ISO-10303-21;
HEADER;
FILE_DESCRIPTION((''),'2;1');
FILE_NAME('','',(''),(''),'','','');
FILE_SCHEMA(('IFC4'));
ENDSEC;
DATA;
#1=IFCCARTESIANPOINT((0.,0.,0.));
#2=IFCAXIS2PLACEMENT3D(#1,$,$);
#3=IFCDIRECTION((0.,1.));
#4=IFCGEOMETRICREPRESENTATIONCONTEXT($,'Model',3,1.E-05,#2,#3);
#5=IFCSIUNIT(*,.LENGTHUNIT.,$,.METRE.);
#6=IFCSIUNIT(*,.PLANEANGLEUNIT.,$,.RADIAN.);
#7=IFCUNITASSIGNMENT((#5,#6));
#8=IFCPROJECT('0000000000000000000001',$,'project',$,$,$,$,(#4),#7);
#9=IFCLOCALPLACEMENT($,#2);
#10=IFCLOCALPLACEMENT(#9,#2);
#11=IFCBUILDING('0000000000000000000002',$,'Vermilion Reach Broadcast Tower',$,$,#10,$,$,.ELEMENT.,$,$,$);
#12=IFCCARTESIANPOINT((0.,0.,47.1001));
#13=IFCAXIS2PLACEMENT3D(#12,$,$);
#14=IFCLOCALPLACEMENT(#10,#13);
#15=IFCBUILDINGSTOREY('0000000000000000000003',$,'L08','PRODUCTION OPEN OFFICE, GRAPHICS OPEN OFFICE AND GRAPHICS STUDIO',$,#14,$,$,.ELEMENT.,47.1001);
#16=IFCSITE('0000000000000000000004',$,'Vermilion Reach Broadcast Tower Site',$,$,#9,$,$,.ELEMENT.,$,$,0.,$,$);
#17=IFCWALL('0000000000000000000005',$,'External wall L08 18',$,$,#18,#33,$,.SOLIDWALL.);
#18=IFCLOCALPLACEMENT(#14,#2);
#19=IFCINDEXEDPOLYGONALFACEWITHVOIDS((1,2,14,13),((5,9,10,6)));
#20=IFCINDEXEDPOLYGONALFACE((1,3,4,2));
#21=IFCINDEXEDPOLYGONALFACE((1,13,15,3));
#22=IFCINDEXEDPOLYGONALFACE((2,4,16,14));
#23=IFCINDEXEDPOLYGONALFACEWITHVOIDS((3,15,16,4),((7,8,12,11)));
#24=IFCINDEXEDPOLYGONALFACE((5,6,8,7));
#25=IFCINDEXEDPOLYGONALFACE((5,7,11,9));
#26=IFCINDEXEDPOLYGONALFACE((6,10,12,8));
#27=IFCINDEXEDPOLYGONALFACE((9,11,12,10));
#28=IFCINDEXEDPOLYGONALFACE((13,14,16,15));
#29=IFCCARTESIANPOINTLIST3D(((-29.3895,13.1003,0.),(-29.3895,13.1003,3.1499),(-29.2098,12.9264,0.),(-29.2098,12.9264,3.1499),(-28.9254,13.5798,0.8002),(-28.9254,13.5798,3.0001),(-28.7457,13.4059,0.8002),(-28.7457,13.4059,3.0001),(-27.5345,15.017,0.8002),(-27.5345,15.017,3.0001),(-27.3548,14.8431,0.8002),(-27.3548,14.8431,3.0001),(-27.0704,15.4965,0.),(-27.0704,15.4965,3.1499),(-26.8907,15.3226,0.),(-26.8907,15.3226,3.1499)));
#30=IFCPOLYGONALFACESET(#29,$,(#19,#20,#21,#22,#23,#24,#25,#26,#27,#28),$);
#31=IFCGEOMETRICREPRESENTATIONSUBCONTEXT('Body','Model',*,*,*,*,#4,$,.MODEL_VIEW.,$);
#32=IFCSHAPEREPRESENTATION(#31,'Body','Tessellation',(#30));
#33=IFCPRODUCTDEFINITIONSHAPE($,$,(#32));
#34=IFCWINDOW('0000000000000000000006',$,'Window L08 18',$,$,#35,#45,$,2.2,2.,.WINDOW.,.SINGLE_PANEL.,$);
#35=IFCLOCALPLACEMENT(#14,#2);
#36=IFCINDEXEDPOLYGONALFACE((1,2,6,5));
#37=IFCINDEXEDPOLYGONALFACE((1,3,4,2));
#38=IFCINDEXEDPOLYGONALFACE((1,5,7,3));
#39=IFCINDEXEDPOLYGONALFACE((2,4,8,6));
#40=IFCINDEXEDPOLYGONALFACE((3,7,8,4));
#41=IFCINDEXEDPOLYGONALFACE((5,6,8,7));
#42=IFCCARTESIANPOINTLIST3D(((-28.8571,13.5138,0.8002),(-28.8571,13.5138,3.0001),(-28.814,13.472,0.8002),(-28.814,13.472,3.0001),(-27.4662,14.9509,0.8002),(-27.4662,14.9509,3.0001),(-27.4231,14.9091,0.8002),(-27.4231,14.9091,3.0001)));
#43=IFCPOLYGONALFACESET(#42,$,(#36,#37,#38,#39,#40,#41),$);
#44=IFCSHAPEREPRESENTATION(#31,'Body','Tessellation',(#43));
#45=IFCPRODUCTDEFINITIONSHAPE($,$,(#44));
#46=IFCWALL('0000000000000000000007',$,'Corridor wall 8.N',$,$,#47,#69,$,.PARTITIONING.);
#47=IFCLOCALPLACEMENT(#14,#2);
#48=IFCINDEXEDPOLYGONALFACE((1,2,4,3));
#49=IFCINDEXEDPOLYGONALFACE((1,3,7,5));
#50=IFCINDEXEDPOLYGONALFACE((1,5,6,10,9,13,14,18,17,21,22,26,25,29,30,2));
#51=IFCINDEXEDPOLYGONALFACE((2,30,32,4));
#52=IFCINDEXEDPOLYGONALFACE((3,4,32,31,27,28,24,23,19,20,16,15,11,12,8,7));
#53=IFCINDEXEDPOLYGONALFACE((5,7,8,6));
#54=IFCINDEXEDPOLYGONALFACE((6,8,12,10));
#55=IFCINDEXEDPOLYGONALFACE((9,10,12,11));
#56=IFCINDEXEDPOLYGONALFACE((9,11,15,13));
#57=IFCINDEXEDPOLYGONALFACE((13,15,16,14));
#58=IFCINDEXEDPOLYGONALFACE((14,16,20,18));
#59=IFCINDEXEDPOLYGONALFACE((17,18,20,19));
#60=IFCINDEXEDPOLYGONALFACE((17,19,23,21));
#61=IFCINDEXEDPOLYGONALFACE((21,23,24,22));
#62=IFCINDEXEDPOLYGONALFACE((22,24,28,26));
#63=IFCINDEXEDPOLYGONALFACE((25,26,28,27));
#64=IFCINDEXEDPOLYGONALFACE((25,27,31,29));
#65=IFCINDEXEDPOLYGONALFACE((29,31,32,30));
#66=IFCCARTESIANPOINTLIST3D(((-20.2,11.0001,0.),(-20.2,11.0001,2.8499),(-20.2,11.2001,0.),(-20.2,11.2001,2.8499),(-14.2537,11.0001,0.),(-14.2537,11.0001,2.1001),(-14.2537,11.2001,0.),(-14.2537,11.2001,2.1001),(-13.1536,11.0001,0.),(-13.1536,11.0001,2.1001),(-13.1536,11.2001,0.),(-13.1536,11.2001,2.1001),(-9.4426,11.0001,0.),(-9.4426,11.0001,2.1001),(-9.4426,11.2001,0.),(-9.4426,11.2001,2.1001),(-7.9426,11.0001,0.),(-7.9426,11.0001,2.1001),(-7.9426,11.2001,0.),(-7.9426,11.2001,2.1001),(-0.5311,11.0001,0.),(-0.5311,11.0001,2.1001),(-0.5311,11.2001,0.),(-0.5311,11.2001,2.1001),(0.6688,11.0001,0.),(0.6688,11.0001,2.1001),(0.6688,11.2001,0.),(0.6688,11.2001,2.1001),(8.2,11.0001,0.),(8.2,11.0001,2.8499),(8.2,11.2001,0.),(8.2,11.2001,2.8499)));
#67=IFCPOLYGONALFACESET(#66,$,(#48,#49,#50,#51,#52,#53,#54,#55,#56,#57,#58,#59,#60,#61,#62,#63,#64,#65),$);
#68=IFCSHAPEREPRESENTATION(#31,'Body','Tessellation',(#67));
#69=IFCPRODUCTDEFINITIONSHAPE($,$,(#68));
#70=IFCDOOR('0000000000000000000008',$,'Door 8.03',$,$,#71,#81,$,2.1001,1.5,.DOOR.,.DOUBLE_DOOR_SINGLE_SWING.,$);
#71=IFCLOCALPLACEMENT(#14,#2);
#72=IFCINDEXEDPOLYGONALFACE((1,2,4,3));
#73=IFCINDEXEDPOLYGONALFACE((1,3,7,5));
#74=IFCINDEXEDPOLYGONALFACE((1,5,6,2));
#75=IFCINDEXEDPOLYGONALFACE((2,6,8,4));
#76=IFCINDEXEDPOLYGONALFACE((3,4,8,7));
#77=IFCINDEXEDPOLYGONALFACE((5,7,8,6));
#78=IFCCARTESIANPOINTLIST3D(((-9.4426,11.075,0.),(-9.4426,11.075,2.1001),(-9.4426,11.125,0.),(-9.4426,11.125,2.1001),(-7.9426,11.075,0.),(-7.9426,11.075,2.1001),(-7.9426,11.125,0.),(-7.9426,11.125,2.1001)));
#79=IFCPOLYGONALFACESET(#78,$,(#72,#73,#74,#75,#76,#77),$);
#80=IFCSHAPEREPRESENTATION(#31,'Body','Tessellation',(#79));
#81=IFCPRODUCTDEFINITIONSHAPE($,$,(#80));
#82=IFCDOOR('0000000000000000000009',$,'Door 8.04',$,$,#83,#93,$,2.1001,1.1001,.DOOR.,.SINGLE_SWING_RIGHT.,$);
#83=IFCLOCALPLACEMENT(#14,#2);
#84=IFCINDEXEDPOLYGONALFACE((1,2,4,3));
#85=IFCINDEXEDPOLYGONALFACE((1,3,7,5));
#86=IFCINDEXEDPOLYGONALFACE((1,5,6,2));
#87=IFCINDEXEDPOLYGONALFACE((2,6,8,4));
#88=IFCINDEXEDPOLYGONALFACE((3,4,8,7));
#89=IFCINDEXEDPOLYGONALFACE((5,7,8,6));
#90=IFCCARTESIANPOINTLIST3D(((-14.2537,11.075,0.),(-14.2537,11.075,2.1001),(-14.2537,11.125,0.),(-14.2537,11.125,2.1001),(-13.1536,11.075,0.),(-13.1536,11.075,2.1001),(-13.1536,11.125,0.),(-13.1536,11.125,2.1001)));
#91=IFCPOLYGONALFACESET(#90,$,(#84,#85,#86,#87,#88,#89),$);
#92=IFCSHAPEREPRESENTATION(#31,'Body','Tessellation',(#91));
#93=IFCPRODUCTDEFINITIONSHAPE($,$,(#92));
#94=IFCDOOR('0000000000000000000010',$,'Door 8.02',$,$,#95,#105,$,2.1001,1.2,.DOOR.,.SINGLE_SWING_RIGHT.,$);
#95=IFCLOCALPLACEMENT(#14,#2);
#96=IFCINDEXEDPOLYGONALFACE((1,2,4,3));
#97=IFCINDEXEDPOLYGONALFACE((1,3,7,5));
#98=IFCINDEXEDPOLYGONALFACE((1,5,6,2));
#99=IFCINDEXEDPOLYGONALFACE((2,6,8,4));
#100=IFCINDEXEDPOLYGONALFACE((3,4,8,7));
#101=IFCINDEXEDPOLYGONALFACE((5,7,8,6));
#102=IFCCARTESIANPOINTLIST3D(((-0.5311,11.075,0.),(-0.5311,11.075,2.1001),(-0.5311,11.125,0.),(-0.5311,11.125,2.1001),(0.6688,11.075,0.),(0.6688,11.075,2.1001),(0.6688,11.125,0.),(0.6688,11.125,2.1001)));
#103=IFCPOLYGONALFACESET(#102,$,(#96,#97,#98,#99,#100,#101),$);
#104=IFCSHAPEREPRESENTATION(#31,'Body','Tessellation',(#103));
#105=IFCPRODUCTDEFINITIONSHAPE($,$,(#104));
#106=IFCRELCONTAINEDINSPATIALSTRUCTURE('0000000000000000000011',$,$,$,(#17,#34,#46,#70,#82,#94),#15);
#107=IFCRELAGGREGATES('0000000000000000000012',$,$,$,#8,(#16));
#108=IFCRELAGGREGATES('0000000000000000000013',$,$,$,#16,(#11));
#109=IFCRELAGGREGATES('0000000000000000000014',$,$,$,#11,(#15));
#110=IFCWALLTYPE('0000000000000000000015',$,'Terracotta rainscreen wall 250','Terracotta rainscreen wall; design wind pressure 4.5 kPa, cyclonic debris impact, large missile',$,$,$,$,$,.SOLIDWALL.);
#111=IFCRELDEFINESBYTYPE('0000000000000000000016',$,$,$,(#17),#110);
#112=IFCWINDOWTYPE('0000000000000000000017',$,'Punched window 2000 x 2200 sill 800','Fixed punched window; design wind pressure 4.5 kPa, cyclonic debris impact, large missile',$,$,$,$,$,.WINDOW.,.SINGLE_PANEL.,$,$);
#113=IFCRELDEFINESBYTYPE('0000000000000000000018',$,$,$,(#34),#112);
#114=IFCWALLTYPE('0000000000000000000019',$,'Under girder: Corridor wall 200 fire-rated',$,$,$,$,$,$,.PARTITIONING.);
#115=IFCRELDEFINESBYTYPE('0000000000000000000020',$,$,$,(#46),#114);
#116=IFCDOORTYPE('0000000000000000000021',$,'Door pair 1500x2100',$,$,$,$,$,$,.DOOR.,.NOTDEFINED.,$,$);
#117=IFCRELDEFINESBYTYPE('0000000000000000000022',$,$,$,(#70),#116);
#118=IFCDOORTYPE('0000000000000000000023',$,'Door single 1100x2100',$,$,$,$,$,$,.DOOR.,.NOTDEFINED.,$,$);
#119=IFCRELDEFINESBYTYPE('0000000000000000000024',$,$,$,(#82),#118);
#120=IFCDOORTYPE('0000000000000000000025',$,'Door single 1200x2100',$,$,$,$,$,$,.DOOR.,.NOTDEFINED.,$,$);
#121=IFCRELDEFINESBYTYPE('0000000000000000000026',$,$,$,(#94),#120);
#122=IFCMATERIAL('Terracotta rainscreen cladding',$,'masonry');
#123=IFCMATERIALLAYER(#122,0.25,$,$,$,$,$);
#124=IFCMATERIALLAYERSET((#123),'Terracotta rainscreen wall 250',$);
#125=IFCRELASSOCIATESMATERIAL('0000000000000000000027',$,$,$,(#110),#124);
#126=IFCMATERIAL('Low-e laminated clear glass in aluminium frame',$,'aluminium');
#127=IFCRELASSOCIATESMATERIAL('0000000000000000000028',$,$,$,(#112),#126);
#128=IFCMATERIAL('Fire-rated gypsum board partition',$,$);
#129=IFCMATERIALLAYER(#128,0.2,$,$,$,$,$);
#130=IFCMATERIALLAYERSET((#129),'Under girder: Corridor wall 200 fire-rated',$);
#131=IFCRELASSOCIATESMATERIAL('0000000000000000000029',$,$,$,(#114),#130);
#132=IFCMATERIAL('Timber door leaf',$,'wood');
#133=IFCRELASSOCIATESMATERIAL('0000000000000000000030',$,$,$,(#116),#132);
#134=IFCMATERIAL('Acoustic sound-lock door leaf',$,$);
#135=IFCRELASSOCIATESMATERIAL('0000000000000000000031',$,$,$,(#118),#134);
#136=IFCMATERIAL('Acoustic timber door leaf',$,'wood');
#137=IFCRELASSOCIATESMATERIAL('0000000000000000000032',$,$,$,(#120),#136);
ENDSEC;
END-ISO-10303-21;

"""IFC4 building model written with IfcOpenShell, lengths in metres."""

from ifc_helpers import new_model, si_unit, direction, frame, frame_2d, origin, place, context, subcontext, project, spatial, rectangle, extrude, material, layer, layer_set, type_object, element, fill, save


model = new_model("IFC4")

# Units and contexts
model_context = context("Model", 3, precision=1e-05, world=origin(), true_north=direction((0.0, 1.0)))
body_context = subcontext(model_context, "Body", "Model", "MODEL_VIEW")
ifc_project = project(units=[si_unit("LENGTHUNIT", "METRE"), si_unit("PLANEANGLEUNIT", "RADIAN")], contexts=[model_context])

# Site, building, storey
site_placement = place(None, origin())
site = spatial("IfcSite", under=ifc_project, at=site_placement, Name="Vermilion Reach Broadcast Tower Site", CompositionType="ELEMENT", RefElevation=0.0)
building_placement = place(site_placement, origin())
building = spatial("IfcBuilding", under=site, at=building_placement, Name="Vermilion Reach Broadcast Tower", CompositionType="ELEMENT")
storey_placement = place(building_placement, frame((0.0, 0.0, 47.1001)))
storey = spatial("IfcBuildingStorey", under=building, at=storey_placement, Name="L08", Description="PRODUCTION OPEN OFFICE, GRAPHICS OPEN OFFICE AND GRAPHICS STUDIO", CompositionType="ELEMENT", Elevation=47.1001)

# Shared definitions
ifc_material_1 = material(Name="Terracotta rainscreen cladding", Category="masonry")
ifc_layer_1 = layer(ifc_material_1, 0.25)
ifc_layer_set_1 = layer_set([ifc_layer_1], Name="Terracotta rainscreen wall 250")
wall_type_1 = type_object("IfcWallType", Name="Terracotta rainscreen wall 250", Description="Terracotta rainscreen wall; design wind pressure 4.5 kPa, cyclonic debris impact, large missile", PredefinedType="SOLIDWALL", material=ifc_layer_set_1)

# Wall, opening, window
ifc_material_2 = material(Name="Low-e laminated clear glass in aluminium frame", Category="aluminium")
window_type = type_object("IfcWindowType", Name="Punched window 2000 x 2200 sill 800", Description="Fixed punched window; design wind pressure 4.5 kPa, cyclonic debris impact, large missile", PartitioningType="SINGLE_PANEL", PredefinedType="WINDOW", material=ifc_material_2)
wall_1_placement = place(storey_placement, frame((-26.9805, 15.4097, 0.0), z_axis=(0.0, 0.0, 1.0), x_axis=(-0.695445, -0.71858, 0.0)))
wall_1 = element("IfcWall", 1, at=wall_1_placement, inside=storey, type_object=wall_type_1, Name="External wall L08 18", PredefinedType="SOLIDWALL", context=body_context, shape_type="SweptSolid", body=[
    extrude(rectangle(XDim=3.3347, YDim=0.25, at=frame_2d((1.6675, 0.0))), origin(), (0.0, 0.0, 1.0), 3.1499),
])
opening_1_placement = place(wall_1_placement, frame((0.6675, 0.0, 0.8)))
opening_1 = element("IfcOpeningElement", 2, at=opening_1_placement, cuts=wall_1, PredefinedType="OPENING", context=body_context, shape_type="SweptSolid", body=[
    extrude(rectangle(XDim=2.0, YDim=2.2, at=frame_2d((1.0, 1.1001))), frame((0.0, 0.135, 0.0), z_axis=(0.0, -1.0, 0.0), x_axis=(1.0, 0.0, 0.0)), (0.0, 0.0, 1.0), 0.27),
])
window_1_placement = place(opening_1_placement, origin())
window_1 = element("IfcWindow", 3, at=window_1_placement, inside=storey, type_object=window_type, Name="Window L08 18", OverallHeight=2.2, OverallWidth=2.0, PartitioningType="SINGLE_PANEL", PredefinedType="WINDOW", context=body_context, shape_type="SweptSolid", body=[
    extrude(rectangle(XDim=2.0, YDim=2.2, at=frame_2d((1.0, 1.1001))), frame((0.0, 0.03, 0.0), z_axis=(0.0, -1.0, 0.0), x_axis=(1.0, 0.0, 0.0)), (0.0, 0.0, 1.0), 0.0601),
])
fill(opening_1, window_1)

# Wall, openings, doors
ifc_material_3 = material(Name="Fire-rated gypsum board partition")
ifc_layer_2 = layer(ifc_material_3, 0.2)
ifc_layer_set_2 = layer_set([ifc_layer_2], Name="Under girder: Corridor wall 200 fire-rated")
wall_type_2 = type_object("IfcWallType", Name="Under girder: Corridor wall 200 fire-rated", PredefinedType="PARTITIONING", material=ifc_layer_set_2)
wall_2_placement = place(storey_placement, frame((-20.2, 11.1001, 0.0), z_axis=(0.0, 0.0, 1.0), x_axis=(1.0, 0.0, 0.0)))
wall_2 = element("IfcWall", 4, at=wall_2_placement, inside=storey, type_object=wall_type_2, Name="Corridor wall 8.N", PredefinedType="PARTITIONING", context=body_context, shape_type="SweptSolid", body=[
    extrude(rectangle(XDim=28.3999, YDim=0.2, at=frame_2d((14.2, 0.0))), origin(), (0.0, 0.0, 1.0), 2.8499),
])
opening_2_placement = place(wall_2_placement, frame((19.6687, 0.0, 0.0)))
opening_2 = element("IfcOpeningElement", 5, at=opening_2_placement, cuts=wall_2, PredefinedType="OPENING", context=body_context, shape_type="SweptSolid", body=[
    extrude(rectangle(XDim=1.2, YDim=2.1001, at=frame_2d((0.6001, 1.05))), frame((0.0, 0.1099, 0.0), z_axis=(0.0, -1.0, 0.0), x_axis=(1.0, 0.0, 0.0)), (0.0, 0.0, 1.0), 0.22),
])
opening_3_placement = place(wall_2_placement, frame((10.7573, 0.0, 0.0)))
opening_3 = element("IfcOpeningElement", 6, at=opening_3_placement, cuts=wall_2, PredefinedType="OPENING", context=body_context, shape_type="SweptSolid", body=[
    extrude(rectangle(XDim=1.5, YDim=2.1001, at=frame_2d((0.75, 1.05))), frame((0.0, 0.1099, 0.0), z_axis=(0.0, -1.0, 0.0), x_axis=(1.0, 0.0, 0.0)), (0.0, 0.0, 1.0), 0.22),
])
opening_4_placement = place(wall_2_placement, frame((5.9463, 0.0, 0.0)))
opening_4 = element("IfcOpeningElement", 7, at=opening_4_placement, cuts=wall_2, PredefinedType="OPENING", context=body_context, shape_type="SweptSolid", body=[
    extrude(rectangle(XDim=1.1001, YDim=2.1001, at=frame_2d((0.55, 1.05))), frame((0.0, 0.1099, 0.0), z_axis=(0.0, -1.0, 0.0), x_axis=(1.0, 0.0, 0.0)), (0.0, 0.0, 1.0), 0.22),
])
ifc_material_4 = material(Name="Timber door leaf", Category="wood")
door_type_1 = type_object("IfcDoorType", Name="Door pair 1500x2100", OperationType="NOTDEFINED", PredefinedType="DOOR", material=ifc_material_4)
door_1_placement = place(opening_3_placement, origin())
door_1 = element("IfcDoor", 8, at=door_1_placement, inside=storey, type_object=door_type_1, Name="Door 8.03", OperationType="DOUBLE_DOOR_SINGLE_SWING", OverallHeight=2.1001, OverallWidth=1.5, PredefinedType="DOOR", context=body_context, shape_type="SweptSolid", body=[
    extrude(rectangle(XDim=1.5, YDim=2.1001, at=frame_2d((0.75, 1.05))), frame((0.0, 0.0249, 0.0), z_axis=(0.0, -1.0, 0.0), x_axis=(1.0, 0.0, 0.0)), (0.0, 0.0, 1.0), 0.05),
])
fill(opening_3, door_1)
ifc_material_5 = material(Name="Acoustic sound-lock door leaf")
door_type_2 = type_object("IfcDoorType", Name="Door single 1100x2100", OperationType="NOTDEFINED", PredefinedType="DOOR", material=ifc_material_5)
door_2_placement = place(opening_4_placement, origin())
door_2 = element("IfcDoor", 9, at=door_2_placement, inside=storey, type_object=door_type_2, Name="Door 8.04", OperationType="SINGLE_SWING_RIGHT", OverallHeight=2.1001, OverallWidth=1.1001, PredefinedType="DOOR", context=body_context, shape_type="SweptSolid", body=[
    extrude(rectangle(XDim=1.1001, YDim=2.1001, at=frame_2d((0.55, 1.05))), frame((0.0, 0.0249, 0.0), z_axis=(0.0, -1.0, 0.0), x_axis=(1.0, 0.0, 0.0)), (0.0, 0.0, 1.0), 0.05),
])
fill(opening_4, door_2)
ifc_material_6 = material(Name="Acoustic timber door leaf", Category="wood")
door_type_3 = type_object("IfcDoorType", Name="Door single 1200x2100", OperationType="NOTDEFINED", PredefinedType="DOOR", material=ifc_material_6)
door_3_placement = place(opening_2_placement, origin())
door_3 = element("IfcDoor", 10, at=door_3_placement, inside=storey, type_object=door_type_3, Name="Door 8.02", OperationType="SINGLE_SWING_RIGHT", OverallHeight=2.1001, OverallWidth=1.2, PredefinedType="DOOR", context=body_context, shape_type="SweptSolid", body=[
    extrude(rectangle(XDim=1.2, YDim=2.1001, at=frame_2d((0.6001, 1.05))), frame((0.0, 0.0249, 0.0), z_axis=(0.0, -1.0, 0.0), x_axis=(1.0, 0.0, 0.0)), (0.0, 0.0, 1.0), 0.05),
])
fill(opening_2, door_3)

save(model, "model.ifc")
